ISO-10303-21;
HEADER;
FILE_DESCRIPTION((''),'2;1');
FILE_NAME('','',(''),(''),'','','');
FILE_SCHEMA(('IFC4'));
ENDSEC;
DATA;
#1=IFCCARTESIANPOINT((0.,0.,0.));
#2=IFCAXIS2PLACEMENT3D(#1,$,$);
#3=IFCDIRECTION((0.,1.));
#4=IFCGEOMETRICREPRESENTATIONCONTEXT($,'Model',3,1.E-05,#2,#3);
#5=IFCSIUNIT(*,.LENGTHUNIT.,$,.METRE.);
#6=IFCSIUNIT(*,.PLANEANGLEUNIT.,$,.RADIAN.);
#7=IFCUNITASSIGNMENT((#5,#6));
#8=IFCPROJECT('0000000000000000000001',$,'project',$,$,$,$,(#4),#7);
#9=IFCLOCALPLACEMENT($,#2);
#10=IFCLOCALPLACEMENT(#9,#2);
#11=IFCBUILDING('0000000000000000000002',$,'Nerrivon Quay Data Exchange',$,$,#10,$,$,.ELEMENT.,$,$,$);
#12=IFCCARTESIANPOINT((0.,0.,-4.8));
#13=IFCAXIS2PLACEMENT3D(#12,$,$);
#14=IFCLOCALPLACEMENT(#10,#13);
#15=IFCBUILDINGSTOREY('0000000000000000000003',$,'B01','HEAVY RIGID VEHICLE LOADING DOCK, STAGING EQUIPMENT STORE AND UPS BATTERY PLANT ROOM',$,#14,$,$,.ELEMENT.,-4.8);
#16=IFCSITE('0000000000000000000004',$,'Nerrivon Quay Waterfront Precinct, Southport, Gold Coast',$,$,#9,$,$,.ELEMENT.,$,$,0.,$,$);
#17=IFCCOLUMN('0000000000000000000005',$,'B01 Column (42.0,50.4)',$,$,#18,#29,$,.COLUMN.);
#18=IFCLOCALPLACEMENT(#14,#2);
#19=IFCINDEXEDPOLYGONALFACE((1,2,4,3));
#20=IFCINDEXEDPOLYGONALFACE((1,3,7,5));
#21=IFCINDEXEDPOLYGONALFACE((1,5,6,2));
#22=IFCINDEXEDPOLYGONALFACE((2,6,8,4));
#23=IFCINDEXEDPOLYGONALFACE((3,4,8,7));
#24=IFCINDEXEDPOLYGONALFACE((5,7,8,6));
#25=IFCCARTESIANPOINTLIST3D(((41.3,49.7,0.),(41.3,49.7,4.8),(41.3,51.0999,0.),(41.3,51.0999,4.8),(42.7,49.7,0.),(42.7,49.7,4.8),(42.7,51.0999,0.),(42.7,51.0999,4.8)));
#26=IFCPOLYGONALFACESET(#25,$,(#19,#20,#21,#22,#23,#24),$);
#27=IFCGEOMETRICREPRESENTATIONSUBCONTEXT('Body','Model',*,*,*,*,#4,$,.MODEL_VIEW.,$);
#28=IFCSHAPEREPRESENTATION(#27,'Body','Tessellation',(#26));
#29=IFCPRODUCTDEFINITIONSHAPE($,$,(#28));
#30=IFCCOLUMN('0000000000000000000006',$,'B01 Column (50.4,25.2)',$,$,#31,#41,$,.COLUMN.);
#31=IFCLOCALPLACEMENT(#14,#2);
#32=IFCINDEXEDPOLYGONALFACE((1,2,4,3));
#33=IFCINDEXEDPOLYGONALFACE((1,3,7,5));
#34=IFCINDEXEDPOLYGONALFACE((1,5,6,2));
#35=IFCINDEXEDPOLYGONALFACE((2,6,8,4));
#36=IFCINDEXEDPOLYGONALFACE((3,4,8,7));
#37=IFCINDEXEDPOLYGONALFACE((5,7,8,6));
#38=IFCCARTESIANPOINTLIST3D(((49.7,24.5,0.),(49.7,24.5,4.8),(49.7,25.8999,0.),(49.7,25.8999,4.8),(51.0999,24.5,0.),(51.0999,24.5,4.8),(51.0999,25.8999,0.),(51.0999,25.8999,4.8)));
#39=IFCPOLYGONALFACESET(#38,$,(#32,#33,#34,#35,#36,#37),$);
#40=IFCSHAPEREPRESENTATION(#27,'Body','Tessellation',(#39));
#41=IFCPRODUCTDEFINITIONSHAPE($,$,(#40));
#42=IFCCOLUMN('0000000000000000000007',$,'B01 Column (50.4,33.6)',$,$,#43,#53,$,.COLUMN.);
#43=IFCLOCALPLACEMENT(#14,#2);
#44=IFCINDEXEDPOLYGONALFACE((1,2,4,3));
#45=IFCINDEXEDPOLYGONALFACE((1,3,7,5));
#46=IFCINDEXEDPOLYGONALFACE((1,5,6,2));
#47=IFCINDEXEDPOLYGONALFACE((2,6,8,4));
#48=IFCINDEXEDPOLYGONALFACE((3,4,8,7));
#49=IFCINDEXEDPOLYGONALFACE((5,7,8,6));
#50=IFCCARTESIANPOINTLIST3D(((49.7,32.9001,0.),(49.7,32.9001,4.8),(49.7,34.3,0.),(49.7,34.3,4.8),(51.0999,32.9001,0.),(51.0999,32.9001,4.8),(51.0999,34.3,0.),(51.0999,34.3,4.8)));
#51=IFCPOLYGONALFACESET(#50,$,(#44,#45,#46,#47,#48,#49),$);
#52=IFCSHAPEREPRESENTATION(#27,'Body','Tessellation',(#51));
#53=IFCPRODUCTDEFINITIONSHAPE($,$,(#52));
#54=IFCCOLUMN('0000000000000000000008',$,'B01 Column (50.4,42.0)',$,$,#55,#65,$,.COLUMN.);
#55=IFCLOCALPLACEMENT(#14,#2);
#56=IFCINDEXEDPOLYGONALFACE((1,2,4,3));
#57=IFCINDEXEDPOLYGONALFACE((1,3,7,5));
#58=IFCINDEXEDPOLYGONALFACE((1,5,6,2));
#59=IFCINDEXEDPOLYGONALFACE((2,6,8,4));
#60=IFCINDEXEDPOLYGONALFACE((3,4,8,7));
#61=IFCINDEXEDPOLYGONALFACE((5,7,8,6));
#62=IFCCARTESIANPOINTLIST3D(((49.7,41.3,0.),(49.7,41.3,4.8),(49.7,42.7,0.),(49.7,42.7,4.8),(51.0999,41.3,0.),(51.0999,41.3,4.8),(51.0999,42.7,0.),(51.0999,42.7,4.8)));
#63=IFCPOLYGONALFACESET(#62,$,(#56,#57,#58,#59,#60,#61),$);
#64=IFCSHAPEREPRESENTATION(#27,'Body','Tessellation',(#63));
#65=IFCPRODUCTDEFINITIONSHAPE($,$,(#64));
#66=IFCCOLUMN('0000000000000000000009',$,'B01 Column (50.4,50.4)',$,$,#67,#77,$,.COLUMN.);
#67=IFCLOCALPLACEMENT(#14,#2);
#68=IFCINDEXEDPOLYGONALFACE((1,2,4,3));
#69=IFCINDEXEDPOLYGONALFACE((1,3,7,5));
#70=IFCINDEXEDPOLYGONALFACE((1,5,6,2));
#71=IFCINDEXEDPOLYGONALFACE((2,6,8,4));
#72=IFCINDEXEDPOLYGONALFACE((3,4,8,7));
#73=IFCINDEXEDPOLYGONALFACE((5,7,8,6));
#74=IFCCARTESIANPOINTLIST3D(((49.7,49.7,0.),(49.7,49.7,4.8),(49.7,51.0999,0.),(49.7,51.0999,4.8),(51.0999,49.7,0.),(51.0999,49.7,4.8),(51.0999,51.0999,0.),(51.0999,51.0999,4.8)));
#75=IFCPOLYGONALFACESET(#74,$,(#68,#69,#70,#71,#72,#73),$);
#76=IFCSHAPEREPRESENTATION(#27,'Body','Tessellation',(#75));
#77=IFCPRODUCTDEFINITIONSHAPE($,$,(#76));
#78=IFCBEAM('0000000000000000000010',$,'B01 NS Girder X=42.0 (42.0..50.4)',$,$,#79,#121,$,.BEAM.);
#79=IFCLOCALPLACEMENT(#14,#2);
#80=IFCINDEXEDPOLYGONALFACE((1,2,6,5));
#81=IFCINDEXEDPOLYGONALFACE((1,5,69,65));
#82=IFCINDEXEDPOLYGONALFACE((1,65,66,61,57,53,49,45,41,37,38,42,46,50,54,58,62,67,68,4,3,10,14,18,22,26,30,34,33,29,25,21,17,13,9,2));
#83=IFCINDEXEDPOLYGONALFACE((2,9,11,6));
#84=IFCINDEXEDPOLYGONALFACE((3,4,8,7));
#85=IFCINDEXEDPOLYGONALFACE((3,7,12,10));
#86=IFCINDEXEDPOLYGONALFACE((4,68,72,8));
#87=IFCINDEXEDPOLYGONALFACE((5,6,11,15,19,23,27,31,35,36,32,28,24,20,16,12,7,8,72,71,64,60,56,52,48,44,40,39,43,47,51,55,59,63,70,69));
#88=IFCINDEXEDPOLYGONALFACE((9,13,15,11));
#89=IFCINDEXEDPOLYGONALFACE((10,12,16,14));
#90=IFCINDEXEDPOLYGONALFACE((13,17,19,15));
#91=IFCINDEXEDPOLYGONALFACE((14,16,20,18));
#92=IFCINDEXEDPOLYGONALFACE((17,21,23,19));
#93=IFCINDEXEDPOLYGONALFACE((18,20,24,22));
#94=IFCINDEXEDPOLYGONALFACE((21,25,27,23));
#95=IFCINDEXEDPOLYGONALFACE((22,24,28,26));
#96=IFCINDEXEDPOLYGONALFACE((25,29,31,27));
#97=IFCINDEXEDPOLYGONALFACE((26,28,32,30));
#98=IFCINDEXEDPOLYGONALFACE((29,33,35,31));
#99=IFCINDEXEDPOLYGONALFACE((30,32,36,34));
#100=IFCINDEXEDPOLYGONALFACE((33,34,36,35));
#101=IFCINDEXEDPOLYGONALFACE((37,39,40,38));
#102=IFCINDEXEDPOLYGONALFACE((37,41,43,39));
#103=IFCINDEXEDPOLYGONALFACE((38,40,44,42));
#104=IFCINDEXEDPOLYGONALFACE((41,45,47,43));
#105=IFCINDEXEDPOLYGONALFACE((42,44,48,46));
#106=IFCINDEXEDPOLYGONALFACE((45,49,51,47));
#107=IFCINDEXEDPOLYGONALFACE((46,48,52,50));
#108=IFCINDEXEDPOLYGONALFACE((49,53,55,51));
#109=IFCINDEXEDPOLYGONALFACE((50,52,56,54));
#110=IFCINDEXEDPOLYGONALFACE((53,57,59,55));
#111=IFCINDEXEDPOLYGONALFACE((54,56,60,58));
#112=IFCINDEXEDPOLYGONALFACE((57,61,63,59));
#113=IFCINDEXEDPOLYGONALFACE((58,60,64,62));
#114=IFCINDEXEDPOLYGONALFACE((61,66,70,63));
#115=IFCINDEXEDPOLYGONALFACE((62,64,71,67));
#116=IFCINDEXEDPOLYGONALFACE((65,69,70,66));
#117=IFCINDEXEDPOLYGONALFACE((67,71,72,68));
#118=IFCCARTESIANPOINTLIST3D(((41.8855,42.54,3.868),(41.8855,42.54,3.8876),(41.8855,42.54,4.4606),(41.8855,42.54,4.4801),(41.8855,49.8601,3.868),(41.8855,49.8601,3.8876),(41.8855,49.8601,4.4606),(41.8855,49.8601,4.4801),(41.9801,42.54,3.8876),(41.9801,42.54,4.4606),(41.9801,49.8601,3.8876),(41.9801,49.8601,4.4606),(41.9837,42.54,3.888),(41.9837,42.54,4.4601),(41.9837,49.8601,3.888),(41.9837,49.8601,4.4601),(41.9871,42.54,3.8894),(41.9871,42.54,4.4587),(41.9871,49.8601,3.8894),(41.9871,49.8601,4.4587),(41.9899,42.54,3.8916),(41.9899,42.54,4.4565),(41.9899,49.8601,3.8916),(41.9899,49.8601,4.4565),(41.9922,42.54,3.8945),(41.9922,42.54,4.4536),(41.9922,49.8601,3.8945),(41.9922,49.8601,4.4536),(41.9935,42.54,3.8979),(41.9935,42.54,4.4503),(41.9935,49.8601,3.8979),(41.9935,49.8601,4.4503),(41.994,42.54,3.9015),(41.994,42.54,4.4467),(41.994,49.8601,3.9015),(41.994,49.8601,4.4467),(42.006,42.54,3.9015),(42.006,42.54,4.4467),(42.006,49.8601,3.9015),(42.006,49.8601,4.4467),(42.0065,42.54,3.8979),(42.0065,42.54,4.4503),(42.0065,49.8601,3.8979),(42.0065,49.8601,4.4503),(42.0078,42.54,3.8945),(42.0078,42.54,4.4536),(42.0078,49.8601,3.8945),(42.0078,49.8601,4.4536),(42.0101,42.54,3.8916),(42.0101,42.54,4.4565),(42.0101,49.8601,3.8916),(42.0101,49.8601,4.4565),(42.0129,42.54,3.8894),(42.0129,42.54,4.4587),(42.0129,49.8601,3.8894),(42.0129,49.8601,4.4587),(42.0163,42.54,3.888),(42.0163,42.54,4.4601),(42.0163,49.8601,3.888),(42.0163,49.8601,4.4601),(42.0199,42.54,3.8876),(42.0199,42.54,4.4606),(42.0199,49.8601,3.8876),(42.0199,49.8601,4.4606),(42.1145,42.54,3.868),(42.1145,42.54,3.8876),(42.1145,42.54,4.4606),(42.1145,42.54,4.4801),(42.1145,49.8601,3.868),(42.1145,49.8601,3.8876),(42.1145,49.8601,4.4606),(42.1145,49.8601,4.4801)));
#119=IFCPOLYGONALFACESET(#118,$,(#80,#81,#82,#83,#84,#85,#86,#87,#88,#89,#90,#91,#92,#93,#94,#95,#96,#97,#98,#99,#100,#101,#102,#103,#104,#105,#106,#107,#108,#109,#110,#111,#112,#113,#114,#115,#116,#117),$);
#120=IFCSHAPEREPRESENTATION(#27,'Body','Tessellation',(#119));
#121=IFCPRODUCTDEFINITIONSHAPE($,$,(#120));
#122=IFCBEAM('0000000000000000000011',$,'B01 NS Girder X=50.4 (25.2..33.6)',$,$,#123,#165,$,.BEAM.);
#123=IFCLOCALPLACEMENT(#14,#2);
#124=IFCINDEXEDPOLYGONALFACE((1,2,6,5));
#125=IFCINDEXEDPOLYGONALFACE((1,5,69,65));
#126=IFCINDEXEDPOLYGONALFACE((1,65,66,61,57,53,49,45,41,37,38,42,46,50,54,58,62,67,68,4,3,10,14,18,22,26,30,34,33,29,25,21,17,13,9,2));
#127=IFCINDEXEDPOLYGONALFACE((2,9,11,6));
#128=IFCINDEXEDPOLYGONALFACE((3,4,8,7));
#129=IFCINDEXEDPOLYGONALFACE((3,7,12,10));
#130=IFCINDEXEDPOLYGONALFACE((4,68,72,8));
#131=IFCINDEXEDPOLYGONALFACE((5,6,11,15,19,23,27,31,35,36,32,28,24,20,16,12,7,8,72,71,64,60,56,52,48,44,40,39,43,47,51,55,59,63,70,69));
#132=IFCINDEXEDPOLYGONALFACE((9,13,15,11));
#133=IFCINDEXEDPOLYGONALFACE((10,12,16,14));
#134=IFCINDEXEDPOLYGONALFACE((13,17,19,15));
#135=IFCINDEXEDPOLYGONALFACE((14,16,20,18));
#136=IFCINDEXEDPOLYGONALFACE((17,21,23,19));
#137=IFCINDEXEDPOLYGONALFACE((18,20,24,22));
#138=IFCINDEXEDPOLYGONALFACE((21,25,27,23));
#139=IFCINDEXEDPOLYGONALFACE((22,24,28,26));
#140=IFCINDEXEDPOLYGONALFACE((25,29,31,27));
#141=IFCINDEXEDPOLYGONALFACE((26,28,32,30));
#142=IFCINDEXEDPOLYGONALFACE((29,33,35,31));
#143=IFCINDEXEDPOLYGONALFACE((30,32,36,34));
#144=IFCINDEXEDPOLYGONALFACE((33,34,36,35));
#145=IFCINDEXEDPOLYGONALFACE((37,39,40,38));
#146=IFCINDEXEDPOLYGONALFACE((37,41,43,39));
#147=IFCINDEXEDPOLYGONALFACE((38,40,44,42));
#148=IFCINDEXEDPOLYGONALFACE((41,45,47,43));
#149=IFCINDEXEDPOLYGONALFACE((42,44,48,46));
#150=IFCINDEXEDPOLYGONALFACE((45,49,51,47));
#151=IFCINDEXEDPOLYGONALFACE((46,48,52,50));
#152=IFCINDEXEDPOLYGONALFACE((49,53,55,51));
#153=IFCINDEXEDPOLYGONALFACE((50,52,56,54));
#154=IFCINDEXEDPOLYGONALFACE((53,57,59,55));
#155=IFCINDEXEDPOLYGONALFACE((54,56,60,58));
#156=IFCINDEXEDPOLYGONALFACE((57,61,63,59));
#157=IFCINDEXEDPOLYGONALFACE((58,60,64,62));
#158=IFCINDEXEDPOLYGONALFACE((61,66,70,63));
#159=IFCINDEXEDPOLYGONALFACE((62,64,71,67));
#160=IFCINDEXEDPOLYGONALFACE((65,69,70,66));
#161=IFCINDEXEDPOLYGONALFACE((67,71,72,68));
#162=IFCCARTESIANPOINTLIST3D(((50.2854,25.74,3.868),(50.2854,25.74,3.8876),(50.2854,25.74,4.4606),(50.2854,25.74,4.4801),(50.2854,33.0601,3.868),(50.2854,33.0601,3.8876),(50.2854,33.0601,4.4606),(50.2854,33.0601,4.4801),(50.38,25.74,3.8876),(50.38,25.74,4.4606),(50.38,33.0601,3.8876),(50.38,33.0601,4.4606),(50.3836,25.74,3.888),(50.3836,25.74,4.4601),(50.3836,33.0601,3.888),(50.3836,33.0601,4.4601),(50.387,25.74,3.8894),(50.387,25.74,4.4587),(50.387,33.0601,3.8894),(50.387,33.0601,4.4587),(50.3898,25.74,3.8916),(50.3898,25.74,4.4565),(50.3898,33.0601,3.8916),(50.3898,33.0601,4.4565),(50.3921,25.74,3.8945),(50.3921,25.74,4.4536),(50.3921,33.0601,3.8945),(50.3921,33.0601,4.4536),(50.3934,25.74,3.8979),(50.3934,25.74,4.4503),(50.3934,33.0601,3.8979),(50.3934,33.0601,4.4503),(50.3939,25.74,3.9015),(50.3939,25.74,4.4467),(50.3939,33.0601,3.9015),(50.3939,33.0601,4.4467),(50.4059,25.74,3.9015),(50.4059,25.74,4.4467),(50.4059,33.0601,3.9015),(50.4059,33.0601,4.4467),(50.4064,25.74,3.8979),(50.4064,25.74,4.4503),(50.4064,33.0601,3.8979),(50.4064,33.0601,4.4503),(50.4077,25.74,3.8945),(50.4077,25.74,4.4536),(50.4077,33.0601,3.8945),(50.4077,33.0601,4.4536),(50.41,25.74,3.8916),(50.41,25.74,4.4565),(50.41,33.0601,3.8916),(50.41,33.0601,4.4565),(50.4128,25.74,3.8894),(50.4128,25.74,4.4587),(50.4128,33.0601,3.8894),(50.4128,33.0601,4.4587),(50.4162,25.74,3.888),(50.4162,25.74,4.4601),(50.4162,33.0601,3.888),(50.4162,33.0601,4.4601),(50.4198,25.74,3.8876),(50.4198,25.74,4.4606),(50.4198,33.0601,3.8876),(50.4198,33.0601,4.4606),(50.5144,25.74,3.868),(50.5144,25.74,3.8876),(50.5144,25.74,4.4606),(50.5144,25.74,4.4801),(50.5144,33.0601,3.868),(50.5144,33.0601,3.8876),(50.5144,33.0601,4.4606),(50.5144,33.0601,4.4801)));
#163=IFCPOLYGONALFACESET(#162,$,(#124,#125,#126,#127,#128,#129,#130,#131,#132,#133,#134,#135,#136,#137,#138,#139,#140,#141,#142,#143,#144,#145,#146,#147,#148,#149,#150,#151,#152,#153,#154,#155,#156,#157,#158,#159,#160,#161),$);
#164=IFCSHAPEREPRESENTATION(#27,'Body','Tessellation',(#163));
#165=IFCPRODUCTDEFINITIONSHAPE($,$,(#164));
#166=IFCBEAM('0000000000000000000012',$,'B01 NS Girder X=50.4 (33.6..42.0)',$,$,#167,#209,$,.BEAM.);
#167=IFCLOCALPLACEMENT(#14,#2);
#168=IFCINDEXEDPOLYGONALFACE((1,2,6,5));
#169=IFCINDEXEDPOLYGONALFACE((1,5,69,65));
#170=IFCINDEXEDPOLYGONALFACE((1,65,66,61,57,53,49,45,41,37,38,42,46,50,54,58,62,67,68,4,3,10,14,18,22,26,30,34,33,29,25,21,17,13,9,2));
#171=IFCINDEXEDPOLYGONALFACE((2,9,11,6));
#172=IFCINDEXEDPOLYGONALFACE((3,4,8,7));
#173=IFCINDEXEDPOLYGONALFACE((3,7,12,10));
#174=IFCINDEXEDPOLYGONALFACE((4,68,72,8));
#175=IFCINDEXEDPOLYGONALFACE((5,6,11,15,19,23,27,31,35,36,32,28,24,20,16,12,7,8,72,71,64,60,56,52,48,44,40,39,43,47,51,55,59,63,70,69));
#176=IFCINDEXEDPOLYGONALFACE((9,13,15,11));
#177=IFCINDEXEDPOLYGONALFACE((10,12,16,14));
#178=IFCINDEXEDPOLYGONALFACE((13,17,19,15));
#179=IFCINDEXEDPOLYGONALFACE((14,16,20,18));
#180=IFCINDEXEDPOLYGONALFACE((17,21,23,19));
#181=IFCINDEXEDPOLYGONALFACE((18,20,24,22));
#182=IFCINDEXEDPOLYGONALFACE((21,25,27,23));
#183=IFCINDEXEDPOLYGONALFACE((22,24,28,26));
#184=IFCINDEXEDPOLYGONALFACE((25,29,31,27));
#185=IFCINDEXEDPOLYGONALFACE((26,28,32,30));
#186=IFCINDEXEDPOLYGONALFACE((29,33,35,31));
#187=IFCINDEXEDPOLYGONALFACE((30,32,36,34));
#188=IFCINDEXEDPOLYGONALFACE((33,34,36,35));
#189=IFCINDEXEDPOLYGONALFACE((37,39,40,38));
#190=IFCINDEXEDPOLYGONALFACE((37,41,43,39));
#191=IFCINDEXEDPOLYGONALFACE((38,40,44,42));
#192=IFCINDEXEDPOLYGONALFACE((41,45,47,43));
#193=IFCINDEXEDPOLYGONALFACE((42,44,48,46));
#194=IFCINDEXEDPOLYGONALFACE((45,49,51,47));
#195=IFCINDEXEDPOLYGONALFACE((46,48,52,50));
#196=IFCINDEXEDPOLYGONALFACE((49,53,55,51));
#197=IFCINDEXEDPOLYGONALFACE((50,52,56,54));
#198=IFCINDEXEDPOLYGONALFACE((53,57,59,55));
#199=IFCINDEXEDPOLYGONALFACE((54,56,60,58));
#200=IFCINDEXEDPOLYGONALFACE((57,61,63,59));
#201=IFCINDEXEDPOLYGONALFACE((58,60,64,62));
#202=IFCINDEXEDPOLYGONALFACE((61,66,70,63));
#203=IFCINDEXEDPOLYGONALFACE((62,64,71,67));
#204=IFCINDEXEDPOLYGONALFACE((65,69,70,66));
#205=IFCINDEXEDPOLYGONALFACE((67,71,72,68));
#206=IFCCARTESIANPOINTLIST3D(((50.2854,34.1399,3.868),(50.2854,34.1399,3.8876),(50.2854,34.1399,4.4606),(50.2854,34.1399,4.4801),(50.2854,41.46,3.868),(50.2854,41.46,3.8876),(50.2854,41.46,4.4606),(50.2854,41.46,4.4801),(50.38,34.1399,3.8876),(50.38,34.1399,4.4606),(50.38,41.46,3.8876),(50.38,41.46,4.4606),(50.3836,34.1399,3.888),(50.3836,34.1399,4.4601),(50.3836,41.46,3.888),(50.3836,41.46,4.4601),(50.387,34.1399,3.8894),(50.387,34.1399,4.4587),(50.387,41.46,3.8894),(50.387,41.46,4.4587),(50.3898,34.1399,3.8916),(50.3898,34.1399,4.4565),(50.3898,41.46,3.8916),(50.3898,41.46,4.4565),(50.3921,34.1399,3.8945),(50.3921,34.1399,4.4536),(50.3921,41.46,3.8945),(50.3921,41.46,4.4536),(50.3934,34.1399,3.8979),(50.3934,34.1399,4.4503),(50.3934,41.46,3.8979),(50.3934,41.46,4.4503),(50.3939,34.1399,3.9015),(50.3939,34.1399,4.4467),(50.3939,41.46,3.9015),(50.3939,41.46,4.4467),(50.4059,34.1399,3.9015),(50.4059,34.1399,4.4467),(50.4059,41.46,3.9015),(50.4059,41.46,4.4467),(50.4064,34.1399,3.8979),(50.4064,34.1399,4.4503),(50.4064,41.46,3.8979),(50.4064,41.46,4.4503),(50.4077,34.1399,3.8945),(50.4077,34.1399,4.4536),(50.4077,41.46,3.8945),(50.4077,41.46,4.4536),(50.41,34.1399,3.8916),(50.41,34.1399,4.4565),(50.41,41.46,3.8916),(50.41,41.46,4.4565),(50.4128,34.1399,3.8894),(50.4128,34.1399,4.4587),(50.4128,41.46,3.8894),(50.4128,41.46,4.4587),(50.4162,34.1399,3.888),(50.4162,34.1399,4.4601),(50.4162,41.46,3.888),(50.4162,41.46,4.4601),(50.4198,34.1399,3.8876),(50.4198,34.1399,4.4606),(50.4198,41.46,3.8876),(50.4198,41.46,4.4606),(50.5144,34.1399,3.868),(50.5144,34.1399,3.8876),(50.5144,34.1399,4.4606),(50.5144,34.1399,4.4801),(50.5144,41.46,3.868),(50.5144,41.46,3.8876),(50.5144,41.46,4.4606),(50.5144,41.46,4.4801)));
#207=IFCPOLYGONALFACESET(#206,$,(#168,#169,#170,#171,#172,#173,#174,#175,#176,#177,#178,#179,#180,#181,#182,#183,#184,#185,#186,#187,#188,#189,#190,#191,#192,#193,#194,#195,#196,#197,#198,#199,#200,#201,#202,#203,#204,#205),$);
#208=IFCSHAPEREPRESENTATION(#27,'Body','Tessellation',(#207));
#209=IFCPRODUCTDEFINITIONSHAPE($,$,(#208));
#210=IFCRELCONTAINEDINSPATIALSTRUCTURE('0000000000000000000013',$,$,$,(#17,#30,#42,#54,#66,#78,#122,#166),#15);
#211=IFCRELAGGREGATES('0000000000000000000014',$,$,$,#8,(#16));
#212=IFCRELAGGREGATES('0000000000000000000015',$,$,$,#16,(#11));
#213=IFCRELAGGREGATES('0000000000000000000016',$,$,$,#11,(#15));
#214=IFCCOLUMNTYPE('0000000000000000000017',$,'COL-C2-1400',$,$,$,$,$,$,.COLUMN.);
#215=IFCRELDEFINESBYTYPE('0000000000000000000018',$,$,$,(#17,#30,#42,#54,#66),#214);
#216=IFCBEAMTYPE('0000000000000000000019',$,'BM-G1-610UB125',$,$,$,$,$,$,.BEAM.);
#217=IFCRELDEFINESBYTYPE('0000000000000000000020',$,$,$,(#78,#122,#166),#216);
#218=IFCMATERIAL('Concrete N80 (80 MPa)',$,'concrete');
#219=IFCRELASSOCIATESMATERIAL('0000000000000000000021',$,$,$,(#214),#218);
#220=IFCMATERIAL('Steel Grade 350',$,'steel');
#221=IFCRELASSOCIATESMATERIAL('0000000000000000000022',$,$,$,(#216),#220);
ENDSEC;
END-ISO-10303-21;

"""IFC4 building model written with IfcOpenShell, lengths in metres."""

from ifc_helpers import new_model, si_unit, direction, frame, origin, origin_2d, place, context, subcontext, project, spatial, rectangle, i_section, extrude, material, material_profile, profile_set, type_object, element, save


model = new_model("IFC4")

# Units and contexts
model_context = context("Model", 3, precision=1e-05, world=origin(), true_north=direction((0.0, 1.0)))
body_context = subcontext(model_context, "Body", "Model", "MODEL_VIEW")
ifc_project = project(units=[si_unit("LENGTHUNIT", "METRE"), si_unit("PLANEANGLEUNIT", "RADIAN")], contexts=[model_context])

# Site, building, storey
site_placement = place(None, origin())
site = spatial("IfcSite", under=ifc_project, at=site_placement, Name="Nerrivon Quay Waterfront Precinct, Southport, Gold Coast", CompositionType="ELEMENT", RefElevation=0.0)
building_placement = place(site_placement, origin())
building = spatial("IfcBuilding", under=site, at=building_placement, Name="Nerrivon Quay Data Exchange", CompositionType="ELEMENT")
storey_placement = place(building_placement, frame((0.0, 0.0, -4.8)))
storey = spatial("IfcBuildingStorey", under=building, at=storey_placement, Name="B01", Description="HEAVY RIGID VEHICLE LOADING DOCK, STAGING EQUIPMENT STORE AND UPS BATTERY PLANT ROOM", CompositionType="ELEMENT", Elevation=-4.8)

# Columns
ifc_material_1 = material(Name="Concrete N80 (80 MPa)", Category="concrete")
ifc_material_profile_1 = material_profile(ifc_material_1, rectangle(XDim=1.3999, YDim=1.3999, at=origin_2d()), Name="RC-COL-1400x1400")
ifc_profile_set_1 = profile_set([ifc_material_profile_1], Name="Concrete N80 (80 MPa)")
column_type = type_object("IfcColumnType", Name="COL-C2-1400", PredefinedType="COLUMN", material=ifc_profile_set_1)
for number, where, z_axis, x_axis, name in (
    (1, (42.0, 50.3999, 0.0), (0.0, 0.0, 1.0), (1.0, 0.0, 0.0), "B01 Column (42.0,50.4)"),
    (2, (50.3999, 25.2, 0.0), (0.0, 0.0, 1.0), (1.0, 0.0, 0.0), "B01 Column (50.4,25.2)"),
    (3, (50.3999, 33.6001, 0.0), (0.0, 0.0, 1.0), (1.0, 0.0, 0.0), "B01 Column (50.4,33.6)"),
    (4, (50.3999, 42.0, 0.0), (0.0, 0.0, 1.0), (1.0, 0.0, 0.0), "B01 Column (50.4,42.0)"),
    (5, (50.3999, 50.3999, 0.0), (0.0, 0.0, 1.0), (1.0, 0.0, 0.0), "B01 Column (50.4,50.4)"),
):
    element("IfcColumn", number, at=place(storey_placement, frame(where, z_axis=z_axis, x_axis=x_axis)), inside=storey, type_object=column_type, Name=name, PredefinedType="COLUMN", context=body_context, shape_type="SweptSolid", body=[
        extrude(rectangle(XDim=1.3999, YDim=1.3999, at=origin_2d()), origin(), (0.0, 0.0, 1.0), 4.8),
    ])

# Beams
ifc_material_2 = material(Name="Steel Grade 350", Category="steel")
ifc_material_profile_2 = material_profile(ifc_material_2, i_section(OverallWidth=0.229, OverallDepth=0.6121, WebThickness=0.012, FlangeThickness=0.0195, FilletRadius=0.0139, at=origin_2d()), Name="610UB125")
ifc_profile_set_2 = profile_set([ifc_material_profile_2], Name="Steel Grade 350")
beam_type_1 = type_object("IfcBeamType", Name="BM-G1-610UB125", PredefinedType="BEAM", material=ifc_profile_set_2)
for number, where, z_axis, x_axis, name in (
    (6, (42.0, 42.54, 4.1741), (0.0, 1.0, 0.0), (-1.0, 0.0, 0.0), "B01 NS Girder X=42.0 (42.0..50.4)"),
    (7, (50.3999, 25.74, 4.1741), (0.0, 1.0, 0.0), (-1.0, 0.0, 0.0), "B01 NS Girder X=50.4 (25.2..33.6)"),
    (8, (50.3999, 34.1399, 4.1741), (0.0, 1.0, 0.0), (-1.0, 0.0, 0.0), "B01 NS Girder X=50.4 (33.6..42.0)"),
):
    element("IfcBeam", number, at=place(storey_placement, frame(where, z_axis=z_axis, x_axis=x_axis)), inside=storey, type_object=beam_type_1, Name=name, PredefinedType="BEAM", context=body_context, shape_type="SweptSolid", body=[
        extrude(i_section(OverallWidth=0.229, OverallDepth=0.6121, WebThickness=0.012, FlangeThickness=0.0195, FilletRadius=0.0139, at=origin_2d()), origin(), (0.0, 0.0, 1.0), 7.3201),
    ])

save(model, "model.ifc")
